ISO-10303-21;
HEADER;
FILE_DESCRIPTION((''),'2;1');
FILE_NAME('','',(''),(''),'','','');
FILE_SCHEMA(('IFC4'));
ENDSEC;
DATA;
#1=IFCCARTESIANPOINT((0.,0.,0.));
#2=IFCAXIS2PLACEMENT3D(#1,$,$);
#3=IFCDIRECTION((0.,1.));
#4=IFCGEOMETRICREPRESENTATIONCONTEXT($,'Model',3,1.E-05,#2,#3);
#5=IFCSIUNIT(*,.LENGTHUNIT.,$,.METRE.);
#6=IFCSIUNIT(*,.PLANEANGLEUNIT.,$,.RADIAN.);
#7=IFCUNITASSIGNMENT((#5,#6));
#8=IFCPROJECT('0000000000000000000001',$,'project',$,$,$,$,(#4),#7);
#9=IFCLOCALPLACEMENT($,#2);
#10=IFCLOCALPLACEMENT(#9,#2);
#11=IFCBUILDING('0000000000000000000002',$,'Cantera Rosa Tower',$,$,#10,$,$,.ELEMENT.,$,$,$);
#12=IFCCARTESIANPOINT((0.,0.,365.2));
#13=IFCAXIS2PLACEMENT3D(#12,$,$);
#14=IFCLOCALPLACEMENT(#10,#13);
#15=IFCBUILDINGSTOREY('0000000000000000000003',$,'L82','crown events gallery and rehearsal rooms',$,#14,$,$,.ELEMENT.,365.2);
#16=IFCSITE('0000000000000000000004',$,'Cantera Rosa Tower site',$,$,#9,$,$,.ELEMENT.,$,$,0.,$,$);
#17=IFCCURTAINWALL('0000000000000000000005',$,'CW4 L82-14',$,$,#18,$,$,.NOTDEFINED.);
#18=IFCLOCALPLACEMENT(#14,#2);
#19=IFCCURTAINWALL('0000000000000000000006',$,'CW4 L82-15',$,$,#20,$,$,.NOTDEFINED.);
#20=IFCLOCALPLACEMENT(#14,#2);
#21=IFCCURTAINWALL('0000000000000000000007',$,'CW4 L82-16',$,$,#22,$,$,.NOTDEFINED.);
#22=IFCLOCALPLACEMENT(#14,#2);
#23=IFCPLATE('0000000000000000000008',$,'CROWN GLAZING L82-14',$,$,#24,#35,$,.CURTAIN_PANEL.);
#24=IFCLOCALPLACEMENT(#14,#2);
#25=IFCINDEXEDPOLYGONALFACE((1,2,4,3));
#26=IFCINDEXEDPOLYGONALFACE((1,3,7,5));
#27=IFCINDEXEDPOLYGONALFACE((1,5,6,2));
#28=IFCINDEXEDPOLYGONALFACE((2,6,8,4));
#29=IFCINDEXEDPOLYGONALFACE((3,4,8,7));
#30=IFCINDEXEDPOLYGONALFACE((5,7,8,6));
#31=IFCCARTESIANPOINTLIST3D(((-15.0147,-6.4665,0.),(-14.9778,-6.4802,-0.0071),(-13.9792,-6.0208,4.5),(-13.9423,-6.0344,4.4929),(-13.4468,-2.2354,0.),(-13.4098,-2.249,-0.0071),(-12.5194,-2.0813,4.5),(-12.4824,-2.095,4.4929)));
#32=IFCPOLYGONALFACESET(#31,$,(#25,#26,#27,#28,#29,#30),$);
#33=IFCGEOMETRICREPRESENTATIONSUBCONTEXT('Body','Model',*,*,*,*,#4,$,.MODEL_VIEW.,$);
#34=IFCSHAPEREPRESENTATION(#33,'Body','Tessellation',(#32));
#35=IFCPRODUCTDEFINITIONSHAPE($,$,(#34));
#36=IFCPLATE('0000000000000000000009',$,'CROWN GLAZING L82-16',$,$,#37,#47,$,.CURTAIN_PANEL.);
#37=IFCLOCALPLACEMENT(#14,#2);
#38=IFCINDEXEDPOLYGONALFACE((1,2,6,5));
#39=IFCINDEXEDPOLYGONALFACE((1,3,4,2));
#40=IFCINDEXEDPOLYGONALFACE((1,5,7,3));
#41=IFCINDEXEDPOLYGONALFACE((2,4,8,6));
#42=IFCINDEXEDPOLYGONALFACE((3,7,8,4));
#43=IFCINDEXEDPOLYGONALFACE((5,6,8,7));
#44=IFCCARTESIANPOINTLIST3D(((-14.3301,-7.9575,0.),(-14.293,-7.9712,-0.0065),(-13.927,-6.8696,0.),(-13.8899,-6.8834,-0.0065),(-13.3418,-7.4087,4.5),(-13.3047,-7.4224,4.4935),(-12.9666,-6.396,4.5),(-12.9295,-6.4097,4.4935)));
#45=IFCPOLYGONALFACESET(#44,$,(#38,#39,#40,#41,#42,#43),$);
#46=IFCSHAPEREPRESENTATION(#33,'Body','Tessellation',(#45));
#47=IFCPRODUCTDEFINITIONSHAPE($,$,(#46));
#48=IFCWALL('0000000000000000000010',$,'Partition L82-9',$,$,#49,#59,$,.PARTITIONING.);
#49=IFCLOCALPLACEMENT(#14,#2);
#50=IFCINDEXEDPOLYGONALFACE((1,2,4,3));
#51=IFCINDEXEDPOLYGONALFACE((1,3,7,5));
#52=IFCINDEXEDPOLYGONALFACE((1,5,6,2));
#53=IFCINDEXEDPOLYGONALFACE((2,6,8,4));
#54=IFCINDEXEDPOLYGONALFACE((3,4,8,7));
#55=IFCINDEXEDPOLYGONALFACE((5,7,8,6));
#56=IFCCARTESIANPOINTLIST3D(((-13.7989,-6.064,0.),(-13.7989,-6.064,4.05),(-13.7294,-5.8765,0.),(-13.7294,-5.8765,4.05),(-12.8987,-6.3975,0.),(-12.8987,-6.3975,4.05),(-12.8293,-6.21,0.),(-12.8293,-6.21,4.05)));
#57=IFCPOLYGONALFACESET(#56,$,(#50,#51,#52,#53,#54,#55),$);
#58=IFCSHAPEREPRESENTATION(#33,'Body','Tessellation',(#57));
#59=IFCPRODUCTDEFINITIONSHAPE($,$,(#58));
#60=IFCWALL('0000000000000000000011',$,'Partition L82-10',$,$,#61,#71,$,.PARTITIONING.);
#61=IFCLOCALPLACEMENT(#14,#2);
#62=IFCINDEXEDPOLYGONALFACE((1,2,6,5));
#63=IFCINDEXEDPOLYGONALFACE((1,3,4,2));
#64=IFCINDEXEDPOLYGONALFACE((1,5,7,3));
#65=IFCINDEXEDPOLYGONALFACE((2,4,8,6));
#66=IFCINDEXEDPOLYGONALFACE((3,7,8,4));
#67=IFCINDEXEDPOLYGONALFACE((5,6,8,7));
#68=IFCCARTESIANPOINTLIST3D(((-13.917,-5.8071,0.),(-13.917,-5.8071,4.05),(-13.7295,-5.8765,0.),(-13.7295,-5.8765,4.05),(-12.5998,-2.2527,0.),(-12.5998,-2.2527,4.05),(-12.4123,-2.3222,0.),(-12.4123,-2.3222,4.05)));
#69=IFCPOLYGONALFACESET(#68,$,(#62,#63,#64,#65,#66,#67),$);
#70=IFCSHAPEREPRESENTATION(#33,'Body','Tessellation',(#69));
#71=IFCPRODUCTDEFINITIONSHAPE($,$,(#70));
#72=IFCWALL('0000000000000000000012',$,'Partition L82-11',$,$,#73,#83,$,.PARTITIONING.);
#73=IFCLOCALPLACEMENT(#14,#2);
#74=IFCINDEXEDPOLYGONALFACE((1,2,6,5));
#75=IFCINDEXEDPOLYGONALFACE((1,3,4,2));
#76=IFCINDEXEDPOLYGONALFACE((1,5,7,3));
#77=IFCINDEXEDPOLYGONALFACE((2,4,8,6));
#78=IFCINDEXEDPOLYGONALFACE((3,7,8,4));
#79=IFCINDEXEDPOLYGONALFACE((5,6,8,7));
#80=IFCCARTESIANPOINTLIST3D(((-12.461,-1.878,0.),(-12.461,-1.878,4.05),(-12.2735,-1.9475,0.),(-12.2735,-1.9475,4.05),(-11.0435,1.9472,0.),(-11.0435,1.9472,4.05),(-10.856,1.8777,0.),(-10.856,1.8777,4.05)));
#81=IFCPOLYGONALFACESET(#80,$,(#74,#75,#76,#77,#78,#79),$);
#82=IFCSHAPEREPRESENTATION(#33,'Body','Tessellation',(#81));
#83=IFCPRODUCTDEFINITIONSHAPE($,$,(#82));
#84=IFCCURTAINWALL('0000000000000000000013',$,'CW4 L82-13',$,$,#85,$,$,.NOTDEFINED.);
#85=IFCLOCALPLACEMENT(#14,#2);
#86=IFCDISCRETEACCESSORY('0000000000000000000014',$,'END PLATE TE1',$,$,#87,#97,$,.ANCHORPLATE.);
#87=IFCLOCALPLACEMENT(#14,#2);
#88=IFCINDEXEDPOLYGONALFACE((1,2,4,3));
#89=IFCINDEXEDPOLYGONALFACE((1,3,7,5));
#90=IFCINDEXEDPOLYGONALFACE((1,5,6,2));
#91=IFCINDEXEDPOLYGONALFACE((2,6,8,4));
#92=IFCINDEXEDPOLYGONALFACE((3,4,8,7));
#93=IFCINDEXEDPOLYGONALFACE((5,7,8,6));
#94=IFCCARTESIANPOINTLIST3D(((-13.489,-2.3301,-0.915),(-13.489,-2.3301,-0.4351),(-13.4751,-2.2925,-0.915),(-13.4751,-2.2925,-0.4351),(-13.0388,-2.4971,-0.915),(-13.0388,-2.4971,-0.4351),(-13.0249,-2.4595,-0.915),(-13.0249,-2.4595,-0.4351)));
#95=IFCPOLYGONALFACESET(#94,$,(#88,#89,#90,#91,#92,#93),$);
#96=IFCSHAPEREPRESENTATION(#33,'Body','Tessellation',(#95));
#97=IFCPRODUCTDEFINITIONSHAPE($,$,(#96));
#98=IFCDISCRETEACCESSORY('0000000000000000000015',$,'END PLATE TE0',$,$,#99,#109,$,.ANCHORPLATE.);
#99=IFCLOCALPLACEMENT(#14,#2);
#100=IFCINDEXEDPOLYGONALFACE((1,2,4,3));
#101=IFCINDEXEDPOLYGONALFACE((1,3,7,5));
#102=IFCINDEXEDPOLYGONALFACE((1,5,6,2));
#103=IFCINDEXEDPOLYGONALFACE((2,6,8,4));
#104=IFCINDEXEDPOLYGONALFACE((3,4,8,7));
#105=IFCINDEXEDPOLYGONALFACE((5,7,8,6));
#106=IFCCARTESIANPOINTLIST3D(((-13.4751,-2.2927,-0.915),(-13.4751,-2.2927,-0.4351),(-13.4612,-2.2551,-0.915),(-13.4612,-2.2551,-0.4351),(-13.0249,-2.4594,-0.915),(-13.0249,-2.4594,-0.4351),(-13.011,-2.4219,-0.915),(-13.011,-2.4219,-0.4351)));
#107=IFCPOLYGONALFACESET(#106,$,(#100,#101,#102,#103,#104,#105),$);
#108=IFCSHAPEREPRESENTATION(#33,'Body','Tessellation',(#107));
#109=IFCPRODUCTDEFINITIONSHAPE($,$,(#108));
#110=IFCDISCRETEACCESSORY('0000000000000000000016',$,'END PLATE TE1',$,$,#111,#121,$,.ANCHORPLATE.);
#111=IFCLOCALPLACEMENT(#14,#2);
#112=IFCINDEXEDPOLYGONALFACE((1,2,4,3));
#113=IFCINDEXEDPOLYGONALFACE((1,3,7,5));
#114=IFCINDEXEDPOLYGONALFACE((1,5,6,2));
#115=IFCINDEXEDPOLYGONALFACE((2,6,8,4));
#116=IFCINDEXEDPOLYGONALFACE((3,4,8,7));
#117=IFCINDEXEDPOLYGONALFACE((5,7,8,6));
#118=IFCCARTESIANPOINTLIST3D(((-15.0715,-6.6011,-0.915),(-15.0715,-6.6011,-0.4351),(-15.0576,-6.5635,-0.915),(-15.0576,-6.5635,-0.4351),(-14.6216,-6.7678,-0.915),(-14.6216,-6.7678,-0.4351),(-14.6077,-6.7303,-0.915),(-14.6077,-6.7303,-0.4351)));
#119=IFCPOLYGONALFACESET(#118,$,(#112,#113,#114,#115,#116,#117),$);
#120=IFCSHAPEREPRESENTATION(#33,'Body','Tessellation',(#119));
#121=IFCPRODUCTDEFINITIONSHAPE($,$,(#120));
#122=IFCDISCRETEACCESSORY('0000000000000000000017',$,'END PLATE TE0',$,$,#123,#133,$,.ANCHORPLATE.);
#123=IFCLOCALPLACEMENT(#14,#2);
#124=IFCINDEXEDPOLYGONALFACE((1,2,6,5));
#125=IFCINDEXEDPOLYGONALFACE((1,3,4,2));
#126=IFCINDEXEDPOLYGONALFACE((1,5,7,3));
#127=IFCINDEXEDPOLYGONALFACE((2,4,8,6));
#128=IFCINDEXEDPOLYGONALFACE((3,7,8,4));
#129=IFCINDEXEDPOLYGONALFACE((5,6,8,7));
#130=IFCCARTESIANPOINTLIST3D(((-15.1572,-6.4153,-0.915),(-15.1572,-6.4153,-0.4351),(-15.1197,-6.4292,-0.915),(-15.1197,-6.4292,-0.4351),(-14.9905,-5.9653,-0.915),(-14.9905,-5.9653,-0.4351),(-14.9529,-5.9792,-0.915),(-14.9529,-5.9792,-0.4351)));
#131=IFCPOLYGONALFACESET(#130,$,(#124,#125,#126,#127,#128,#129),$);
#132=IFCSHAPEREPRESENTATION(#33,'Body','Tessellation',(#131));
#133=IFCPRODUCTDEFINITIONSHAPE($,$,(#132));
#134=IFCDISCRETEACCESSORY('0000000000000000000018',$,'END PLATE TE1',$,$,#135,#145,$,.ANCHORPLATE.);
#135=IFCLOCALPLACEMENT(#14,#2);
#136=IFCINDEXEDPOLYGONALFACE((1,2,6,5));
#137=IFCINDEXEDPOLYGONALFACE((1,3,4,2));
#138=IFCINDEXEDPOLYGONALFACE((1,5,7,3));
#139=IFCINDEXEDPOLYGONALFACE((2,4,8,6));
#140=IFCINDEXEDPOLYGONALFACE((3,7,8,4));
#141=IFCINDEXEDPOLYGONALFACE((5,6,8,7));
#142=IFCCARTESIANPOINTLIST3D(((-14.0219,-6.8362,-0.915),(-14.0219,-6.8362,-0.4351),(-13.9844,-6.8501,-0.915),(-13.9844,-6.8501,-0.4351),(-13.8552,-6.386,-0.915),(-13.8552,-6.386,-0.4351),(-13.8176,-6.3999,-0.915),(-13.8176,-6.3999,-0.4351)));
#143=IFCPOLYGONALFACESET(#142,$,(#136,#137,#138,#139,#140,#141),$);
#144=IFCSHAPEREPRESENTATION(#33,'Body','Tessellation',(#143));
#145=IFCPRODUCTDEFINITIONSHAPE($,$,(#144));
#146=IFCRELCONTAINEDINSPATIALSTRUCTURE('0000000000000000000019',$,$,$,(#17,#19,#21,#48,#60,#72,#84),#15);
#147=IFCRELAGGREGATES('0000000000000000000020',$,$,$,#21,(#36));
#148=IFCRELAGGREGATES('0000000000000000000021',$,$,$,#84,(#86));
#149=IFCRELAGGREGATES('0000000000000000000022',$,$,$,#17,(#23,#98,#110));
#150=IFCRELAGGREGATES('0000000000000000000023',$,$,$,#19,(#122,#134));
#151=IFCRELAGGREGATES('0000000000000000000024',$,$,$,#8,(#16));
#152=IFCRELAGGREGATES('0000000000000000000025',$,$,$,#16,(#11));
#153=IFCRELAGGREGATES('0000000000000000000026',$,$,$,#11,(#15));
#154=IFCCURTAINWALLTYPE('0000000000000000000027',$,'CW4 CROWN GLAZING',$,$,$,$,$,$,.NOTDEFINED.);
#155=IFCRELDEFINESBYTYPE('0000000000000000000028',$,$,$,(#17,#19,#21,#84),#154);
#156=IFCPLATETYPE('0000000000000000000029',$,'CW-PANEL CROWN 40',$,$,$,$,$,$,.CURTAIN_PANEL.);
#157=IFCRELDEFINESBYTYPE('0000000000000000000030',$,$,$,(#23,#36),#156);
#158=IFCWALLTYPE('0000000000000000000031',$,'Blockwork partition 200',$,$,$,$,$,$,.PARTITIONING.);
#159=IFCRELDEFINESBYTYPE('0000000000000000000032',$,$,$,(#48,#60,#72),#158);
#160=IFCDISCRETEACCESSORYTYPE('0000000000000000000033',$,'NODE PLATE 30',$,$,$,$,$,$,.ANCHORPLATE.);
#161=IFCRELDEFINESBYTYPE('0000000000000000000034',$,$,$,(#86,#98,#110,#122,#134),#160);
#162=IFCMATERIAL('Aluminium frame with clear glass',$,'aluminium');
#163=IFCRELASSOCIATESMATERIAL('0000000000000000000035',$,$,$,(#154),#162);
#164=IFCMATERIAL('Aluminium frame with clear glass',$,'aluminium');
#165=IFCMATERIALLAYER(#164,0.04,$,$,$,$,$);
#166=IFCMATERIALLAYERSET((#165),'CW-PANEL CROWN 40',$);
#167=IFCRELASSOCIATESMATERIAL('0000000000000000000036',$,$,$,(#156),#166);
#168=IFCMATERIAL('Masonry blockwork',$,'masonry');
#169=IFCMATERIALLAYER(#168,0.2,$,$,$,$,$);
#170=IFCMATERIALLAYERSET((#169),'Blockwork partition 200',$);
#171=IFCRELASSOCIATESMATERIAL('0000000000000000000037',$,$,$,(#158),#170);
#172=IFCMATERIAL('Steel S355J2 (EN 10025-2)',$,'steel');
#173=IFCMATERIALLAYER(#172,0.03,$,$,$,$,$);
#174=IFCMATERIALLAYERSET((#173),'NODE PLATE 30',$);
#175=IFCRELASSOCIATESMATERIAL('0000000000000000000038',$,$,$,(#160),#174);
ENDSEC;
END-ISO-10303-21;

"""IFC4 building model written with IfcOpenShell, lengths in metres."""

from ifc_helpers import new_model, si_unit, direction, frame, frame_2d, origin, place, context, subcontext, project, spatial, polyline, rectangle, outline, extrude, material, layer, layer_set, type_object, element, aggregate, save


model = new_model("IFC4")

# Units and contexts
model_context = context("Model", 3, precision=1e-05, world=origin(), true_north=direction((0.0, 1.0)))
body_context = subcontext(model_context, "Body", "Model", "MODEL_VIEW")
ifc_project = project(units=[si_unit("LENGTHUNIT", "METRE"), si_unit("PLANEANGLEUNIT", "RADIAN")], contexts=[model_context])

# Site, building, storey
site_placement = place(None, origin())
site = spatial("IfcSite", under=ifc_project, at=site_placement, Name="Cantera Rosa Tower site", CompositionType="ELEMENT", RefElevation=0.0)
building_placement = place(site_placement, origin())
building = spatial("IfcBuilding", under=site, at=building_placement, Name="Cantera Rosa Tower", CompositionType="ELEMENT")
storey_placement = place(building_placement, frame((0.0, 0.0, 365.2)))
storey = spatial("IfcBuildingStorey", under=building, at=storey_placement, Name="L82", Description="crown events gallery and rehearsal rooms", CompositionType="ELEMENT", Elevation=365.2)

# Curtain walls
ifc_material_1 = material(Name="Aluminium frame with clear glass", Category="aluminium")
curtain_wall_type = type_object("IfcCurtainWallType", Name="CW4 CROWN GLAZING", PredefinedType="NOTDEFINED", material=ifc_material_1)
curtain_wall_1_placement = place(storey_placement, origin())
curtain_wall_1 = element("IfcCurtainWall", 1, at=curtain_wall_1_placement, inside=storey, type_object=curtain_wall_type, Name="CW4 L82-14", PredefinedType="NOTDEFINED")
curtain_wall_2_placement = place(storey_placement, origin())
curtain_wall_2 = element("IfcCurtainWall", 2, at=curtain_wall_2_placement, inside=storey, type_object=curtain_wall_type, Name="CW4 L82-15", PredefinedType="NOTDEFINED")
curtain_wall_3_placement = place(storey_placement, origin())
curtain_wall_3 = element("IfcCurtainWall", 3, at=curtain_wall_3_placement, inside=storey, type_object=curtain_wall_type, Name="CW4 L82-16", PredefinedType="NOTDEFINED")

# Plates
ifc_material_2 = material(Name="Aluminium frame with clear glass", Category="aluminium")
ifc_layer_1 = layer(ifc_material_2, 0.04)
ifc_layer_set_1 = layer_set([ifc_layer_1], Name="CW-PANEL CROWN 40")
plate_type = type_object("IfcPlateType", Name="CW-PANEL CROWN 40", PredefinedType="CURTAIN_PANEL", material=ifc_layer_set_1)
plate_1_placement = place(storey_placement, frame((-13.4468, -2.2354, 0.0), z_axis=(-0.922638, 0.341906, 0.178438), x_axis=(-0.347482, -0.937687, 0.000004)))
plate_1 = element("IfcPlate", 4, at=plate_1_placement, type_object=plate_type, Name="CROWN GLAZING L82-14", PredefinedType="CURTAIN_PANEL", context=body_context, shape_type="SweptSolid", body=[
    extrude(outline(polyline([(0.0, 0.0), (4.5123, 0.0), (3.7346, 4.5734), (-0.4667, 4.5734), (0.0, 0.0)])), origin(), (0.0, 0.0, -1.0), 0.04),
])
plate_2_placement = place(storey_placement, frame((-13.927, -6.8696, 0.0), z_axis=(-0.925404, 0.342886, 0.16142), x_axis=(-0.347442, -0.937702, 0.000002)))
plate_2 = element("IfcPlate", 5, at=plate_2_placement, type_object=plate_type, Name="CROWN GLAZING L82-16", PredefinedType="CURTAIN_PANEL", context=body_context, shape_type="SweptSolid", body=[
    extrude(outline(polyline([(0.0, 0.0), (1.1602, 0.0), (0.3022, 4.5598), (-0.7778, 4.5598), (0.0, 0.0)])), origin(), (0.0, 0.0, -1.0), 0.04),
])
aggregate(curtain_wall_3, [plate_2])

# Walls
ifc_material_3 = material(Name="Masonry blockwork", Category="masonry")
ifc_layer_2 = layer(ifc_material_3, 0.2)
ifc_layer_set_2 = layer_set([ifc_layer_2], Name="Blockwork partition 200")
wall_type = type_object("IfcWallType", Name="Blockwork partition 200", PredefinedType="PARTITIONING", material=ifc_layer_set_2)
wall_1_placement = place(storey_placement, frame((-12.864, -6.3037, 0.0), z_axis=(0.0, 0.0, 1.0), x_axis=(-0.937712, 0.347414, 0.0)))
element("IfcWall", 6, at=wall_1_placement, inside=storey, type_object=wall_type, Name="Partition L82-9", PredefinedType="PARTITIONING", context=body_context, shape_type="SweptSolid", body=[
    extrude(rectangle(XDim=0.96, YDim=0.2, at=frame_2d((0.48, 0.0))), origin(), (0.0, 0.0, 1.0), 4.05),
])
wall_2_placement = place(storey_placement, frame((-13.8232, -5.8418, 0.0), z_axis=(0.0, 0.0, 1.0), x_axis=(0.347493, 0.937683, 0.0)))
element("IfcWall", 7, at=wall_2_placement, inside=storey, type_object=wall_type, Name="Partition L82-10", PredefinedType="PARTITIONING", context=body_context, shape_type="SweptSolid", body=[
    extrude(rectangle(XDim=3.7905, YDim=0.2, at=frame_2d((1.8953, 0.0))), origin(), (0.0, 0.0, 1.0), 4.05),
])
wall_3_placement = place(storey_placement, frame((-12.3672, -1.9126, 0.0), z_axis=(0.0, 0.0, 1.0), x_axis=(0.347474, 0.93769, 0.0)))
element("IfcWall", 8, at=wall_3_placement, inside=storey, type_object=wall_type, Name="Partition L82-11", PredefinedType="PARTITIONING", context=body_context, shape_type="SweptSolid", body=[
    extrude(rectangle(XDim=4.0793, YDim=0.2, at=frame_2d((2.0396, 0.0))), origin(), (0.0, 0.0, 1.0), 4.05),
])

# Curtain wall, discrete accessory
curtain_wall_4_placement = place(storey_placement, origin())
curtain_wall_4 = element("IfcCurtainWall", 9, at=curtain_wall_4_placement, inside=storey, type_object=curtain_wall_type, Name="CW4 L82-13", PredefinedType="NOTDEFINED")
ifc_material_4 = material(Name="Steel S355J2 (EN 10025-2)", Category="steel")
ifc_layer_3 = layer(ifc_material_4, 0.03)
ifc_layer_set_3 = layer_set([ifc_layer_3], Name="NODE PLATE 30")
discrete_accessory_type = type_object("IfcDiscreteAccessoryType", Name="NODE PLATE 30", PredefinedType="ANCHORPLATE", material=ifc_layer_set_3)
discrete_accessory_1_placement = place(storey_placement, frame((-13.0388, -2.4971, -0.4351), z_axis=(-0.347778, -0.937577, 0.0), x_axis=(-0.937577, 0.347778, 0.0)))
discrete_accessory_1 = element("IfcDiscreteAccessory", 10, at=discrete_accessory_1_placement, type_object=discrete_accessory_type, Name="END PLATE TE1", PredefinedType="ANCHORPLATE", context=body_context, shape_type="SweptSolid", body=[
    extrude(outline(polyline([(0.0, 0.0), (0.4802, 0.0), (0.4802, 0.48), (0.0, 0.48), (0.0, 0.0)])), origin(), (0.0, 0.0, -1.0), 0.04),
])
aggregate(curtain_wall_4, [discrete_accessory_1])

# Discrete accessories
discrete_accessory_2_placement = place(storey_placement, frame((-13.4612, -2.2551, -0.4351), z_axis=(0.347331, 0.937743, 0.0), x_axis=(0.937743, -0.347331, 0.0)))
discrete_accessory_2 = element("IfcDiscreteAccessory", 11, at=discrete_accessory_2_placement, type_object=discrete_accessory_type, Name="END PLATE TE0", PredefinedType="ANCHORPLATE", context=body_context, shape_type="SweptSolid", body=[
    extrude(outline(polyline([(0.0, 0.0), (0.4801, 0.0), (0.4801, 0.48), (0.0, 0.48), (0.0, 0.0)])), origin(), (0.0, 0.0, -1.0), 0.04),
])
discrete_accessory_3_placement = place(storey_placement, frame((-14.6216, -6.7678, -0.4351), z_axis=(-0.347497, -0.937681, 0.0), x_axis=(-0.937681, 0.347497, 0.0)))
discrete_accessory_3 = element("IfcDiscreteAccessory", 12, at=discrete_accessory_3_placement, type_object=discrete_accessory_type, Name="END PLATE TE1", PredefinedType="ANCHORPLATE", context=body_context, shape_type="SweptSolid", body=[
    extrude(outline(polyline([(0.0, 0.0), (0.4799, 0.0), (0.4799, 0.48), (0.0, 0.48), (0.0, 0.0)])), origin(), (0.0, 0.0, -1.0), 0.04),
])
aggregate(curtain_wall_1, [plate_1, discrete_accessory_2, discrete_accessory_3])
discrete_accessory_4_placement = place(storey_placement, frame((-15.1572, -6.4153, -0.4351), z_axis=(-0.937681, 0.347497, 0.0), x_axis=(0.347497, 0.937681, 0.0)))
discrete_accessory_4 = element("IfcDiscreteAccessory", 13, at=discrete_accessory_4_placement, type_object=discrete_accessory_type, Name="END PLATE TE0", PredefinedType="ANCHORPLATE", context=body_context, shape_type="SweptSolid", body=[
    extrude(outline(polyline([(0.0, 0.0), (0.4799, 0.0), (0.4799, 0.48), (0.0, 0.48), (0.0, 0.0)])), origin(), (0.0, 0.0, -1.0), 0.04),
])
discrete_accessory_5_placement = place(storey_placement, frame((-13.8176, -6.3999, -0.4351), z_axis=(0.937743, -0.347331, 0.0), x_axis=(-0.347331, -0.937743, 0.0)))
discrete_accessory_5 = element("IfcDiscreteAccessory", 14, at=discrete_accessory_5_placement, type_object=discrete_accessory_type, Name="END PLATE TE1", PredefinedType="ANCHORPLATE", context=body_context, shape_type="SweptSolid", body=[
    extrude(outline(polyline([(0.0, 0.0), (0.4801, 0.0), (0.4801, 0.48), (0.0, 0.48), (0.0, 0.0)])), origin(), (0.0, 0.0, -1.0), 0.04),
])
aggregate(curtain_wall_2, [discrete_accessory_4, discrete_accessory_5])

save(model, "model.ifc")
